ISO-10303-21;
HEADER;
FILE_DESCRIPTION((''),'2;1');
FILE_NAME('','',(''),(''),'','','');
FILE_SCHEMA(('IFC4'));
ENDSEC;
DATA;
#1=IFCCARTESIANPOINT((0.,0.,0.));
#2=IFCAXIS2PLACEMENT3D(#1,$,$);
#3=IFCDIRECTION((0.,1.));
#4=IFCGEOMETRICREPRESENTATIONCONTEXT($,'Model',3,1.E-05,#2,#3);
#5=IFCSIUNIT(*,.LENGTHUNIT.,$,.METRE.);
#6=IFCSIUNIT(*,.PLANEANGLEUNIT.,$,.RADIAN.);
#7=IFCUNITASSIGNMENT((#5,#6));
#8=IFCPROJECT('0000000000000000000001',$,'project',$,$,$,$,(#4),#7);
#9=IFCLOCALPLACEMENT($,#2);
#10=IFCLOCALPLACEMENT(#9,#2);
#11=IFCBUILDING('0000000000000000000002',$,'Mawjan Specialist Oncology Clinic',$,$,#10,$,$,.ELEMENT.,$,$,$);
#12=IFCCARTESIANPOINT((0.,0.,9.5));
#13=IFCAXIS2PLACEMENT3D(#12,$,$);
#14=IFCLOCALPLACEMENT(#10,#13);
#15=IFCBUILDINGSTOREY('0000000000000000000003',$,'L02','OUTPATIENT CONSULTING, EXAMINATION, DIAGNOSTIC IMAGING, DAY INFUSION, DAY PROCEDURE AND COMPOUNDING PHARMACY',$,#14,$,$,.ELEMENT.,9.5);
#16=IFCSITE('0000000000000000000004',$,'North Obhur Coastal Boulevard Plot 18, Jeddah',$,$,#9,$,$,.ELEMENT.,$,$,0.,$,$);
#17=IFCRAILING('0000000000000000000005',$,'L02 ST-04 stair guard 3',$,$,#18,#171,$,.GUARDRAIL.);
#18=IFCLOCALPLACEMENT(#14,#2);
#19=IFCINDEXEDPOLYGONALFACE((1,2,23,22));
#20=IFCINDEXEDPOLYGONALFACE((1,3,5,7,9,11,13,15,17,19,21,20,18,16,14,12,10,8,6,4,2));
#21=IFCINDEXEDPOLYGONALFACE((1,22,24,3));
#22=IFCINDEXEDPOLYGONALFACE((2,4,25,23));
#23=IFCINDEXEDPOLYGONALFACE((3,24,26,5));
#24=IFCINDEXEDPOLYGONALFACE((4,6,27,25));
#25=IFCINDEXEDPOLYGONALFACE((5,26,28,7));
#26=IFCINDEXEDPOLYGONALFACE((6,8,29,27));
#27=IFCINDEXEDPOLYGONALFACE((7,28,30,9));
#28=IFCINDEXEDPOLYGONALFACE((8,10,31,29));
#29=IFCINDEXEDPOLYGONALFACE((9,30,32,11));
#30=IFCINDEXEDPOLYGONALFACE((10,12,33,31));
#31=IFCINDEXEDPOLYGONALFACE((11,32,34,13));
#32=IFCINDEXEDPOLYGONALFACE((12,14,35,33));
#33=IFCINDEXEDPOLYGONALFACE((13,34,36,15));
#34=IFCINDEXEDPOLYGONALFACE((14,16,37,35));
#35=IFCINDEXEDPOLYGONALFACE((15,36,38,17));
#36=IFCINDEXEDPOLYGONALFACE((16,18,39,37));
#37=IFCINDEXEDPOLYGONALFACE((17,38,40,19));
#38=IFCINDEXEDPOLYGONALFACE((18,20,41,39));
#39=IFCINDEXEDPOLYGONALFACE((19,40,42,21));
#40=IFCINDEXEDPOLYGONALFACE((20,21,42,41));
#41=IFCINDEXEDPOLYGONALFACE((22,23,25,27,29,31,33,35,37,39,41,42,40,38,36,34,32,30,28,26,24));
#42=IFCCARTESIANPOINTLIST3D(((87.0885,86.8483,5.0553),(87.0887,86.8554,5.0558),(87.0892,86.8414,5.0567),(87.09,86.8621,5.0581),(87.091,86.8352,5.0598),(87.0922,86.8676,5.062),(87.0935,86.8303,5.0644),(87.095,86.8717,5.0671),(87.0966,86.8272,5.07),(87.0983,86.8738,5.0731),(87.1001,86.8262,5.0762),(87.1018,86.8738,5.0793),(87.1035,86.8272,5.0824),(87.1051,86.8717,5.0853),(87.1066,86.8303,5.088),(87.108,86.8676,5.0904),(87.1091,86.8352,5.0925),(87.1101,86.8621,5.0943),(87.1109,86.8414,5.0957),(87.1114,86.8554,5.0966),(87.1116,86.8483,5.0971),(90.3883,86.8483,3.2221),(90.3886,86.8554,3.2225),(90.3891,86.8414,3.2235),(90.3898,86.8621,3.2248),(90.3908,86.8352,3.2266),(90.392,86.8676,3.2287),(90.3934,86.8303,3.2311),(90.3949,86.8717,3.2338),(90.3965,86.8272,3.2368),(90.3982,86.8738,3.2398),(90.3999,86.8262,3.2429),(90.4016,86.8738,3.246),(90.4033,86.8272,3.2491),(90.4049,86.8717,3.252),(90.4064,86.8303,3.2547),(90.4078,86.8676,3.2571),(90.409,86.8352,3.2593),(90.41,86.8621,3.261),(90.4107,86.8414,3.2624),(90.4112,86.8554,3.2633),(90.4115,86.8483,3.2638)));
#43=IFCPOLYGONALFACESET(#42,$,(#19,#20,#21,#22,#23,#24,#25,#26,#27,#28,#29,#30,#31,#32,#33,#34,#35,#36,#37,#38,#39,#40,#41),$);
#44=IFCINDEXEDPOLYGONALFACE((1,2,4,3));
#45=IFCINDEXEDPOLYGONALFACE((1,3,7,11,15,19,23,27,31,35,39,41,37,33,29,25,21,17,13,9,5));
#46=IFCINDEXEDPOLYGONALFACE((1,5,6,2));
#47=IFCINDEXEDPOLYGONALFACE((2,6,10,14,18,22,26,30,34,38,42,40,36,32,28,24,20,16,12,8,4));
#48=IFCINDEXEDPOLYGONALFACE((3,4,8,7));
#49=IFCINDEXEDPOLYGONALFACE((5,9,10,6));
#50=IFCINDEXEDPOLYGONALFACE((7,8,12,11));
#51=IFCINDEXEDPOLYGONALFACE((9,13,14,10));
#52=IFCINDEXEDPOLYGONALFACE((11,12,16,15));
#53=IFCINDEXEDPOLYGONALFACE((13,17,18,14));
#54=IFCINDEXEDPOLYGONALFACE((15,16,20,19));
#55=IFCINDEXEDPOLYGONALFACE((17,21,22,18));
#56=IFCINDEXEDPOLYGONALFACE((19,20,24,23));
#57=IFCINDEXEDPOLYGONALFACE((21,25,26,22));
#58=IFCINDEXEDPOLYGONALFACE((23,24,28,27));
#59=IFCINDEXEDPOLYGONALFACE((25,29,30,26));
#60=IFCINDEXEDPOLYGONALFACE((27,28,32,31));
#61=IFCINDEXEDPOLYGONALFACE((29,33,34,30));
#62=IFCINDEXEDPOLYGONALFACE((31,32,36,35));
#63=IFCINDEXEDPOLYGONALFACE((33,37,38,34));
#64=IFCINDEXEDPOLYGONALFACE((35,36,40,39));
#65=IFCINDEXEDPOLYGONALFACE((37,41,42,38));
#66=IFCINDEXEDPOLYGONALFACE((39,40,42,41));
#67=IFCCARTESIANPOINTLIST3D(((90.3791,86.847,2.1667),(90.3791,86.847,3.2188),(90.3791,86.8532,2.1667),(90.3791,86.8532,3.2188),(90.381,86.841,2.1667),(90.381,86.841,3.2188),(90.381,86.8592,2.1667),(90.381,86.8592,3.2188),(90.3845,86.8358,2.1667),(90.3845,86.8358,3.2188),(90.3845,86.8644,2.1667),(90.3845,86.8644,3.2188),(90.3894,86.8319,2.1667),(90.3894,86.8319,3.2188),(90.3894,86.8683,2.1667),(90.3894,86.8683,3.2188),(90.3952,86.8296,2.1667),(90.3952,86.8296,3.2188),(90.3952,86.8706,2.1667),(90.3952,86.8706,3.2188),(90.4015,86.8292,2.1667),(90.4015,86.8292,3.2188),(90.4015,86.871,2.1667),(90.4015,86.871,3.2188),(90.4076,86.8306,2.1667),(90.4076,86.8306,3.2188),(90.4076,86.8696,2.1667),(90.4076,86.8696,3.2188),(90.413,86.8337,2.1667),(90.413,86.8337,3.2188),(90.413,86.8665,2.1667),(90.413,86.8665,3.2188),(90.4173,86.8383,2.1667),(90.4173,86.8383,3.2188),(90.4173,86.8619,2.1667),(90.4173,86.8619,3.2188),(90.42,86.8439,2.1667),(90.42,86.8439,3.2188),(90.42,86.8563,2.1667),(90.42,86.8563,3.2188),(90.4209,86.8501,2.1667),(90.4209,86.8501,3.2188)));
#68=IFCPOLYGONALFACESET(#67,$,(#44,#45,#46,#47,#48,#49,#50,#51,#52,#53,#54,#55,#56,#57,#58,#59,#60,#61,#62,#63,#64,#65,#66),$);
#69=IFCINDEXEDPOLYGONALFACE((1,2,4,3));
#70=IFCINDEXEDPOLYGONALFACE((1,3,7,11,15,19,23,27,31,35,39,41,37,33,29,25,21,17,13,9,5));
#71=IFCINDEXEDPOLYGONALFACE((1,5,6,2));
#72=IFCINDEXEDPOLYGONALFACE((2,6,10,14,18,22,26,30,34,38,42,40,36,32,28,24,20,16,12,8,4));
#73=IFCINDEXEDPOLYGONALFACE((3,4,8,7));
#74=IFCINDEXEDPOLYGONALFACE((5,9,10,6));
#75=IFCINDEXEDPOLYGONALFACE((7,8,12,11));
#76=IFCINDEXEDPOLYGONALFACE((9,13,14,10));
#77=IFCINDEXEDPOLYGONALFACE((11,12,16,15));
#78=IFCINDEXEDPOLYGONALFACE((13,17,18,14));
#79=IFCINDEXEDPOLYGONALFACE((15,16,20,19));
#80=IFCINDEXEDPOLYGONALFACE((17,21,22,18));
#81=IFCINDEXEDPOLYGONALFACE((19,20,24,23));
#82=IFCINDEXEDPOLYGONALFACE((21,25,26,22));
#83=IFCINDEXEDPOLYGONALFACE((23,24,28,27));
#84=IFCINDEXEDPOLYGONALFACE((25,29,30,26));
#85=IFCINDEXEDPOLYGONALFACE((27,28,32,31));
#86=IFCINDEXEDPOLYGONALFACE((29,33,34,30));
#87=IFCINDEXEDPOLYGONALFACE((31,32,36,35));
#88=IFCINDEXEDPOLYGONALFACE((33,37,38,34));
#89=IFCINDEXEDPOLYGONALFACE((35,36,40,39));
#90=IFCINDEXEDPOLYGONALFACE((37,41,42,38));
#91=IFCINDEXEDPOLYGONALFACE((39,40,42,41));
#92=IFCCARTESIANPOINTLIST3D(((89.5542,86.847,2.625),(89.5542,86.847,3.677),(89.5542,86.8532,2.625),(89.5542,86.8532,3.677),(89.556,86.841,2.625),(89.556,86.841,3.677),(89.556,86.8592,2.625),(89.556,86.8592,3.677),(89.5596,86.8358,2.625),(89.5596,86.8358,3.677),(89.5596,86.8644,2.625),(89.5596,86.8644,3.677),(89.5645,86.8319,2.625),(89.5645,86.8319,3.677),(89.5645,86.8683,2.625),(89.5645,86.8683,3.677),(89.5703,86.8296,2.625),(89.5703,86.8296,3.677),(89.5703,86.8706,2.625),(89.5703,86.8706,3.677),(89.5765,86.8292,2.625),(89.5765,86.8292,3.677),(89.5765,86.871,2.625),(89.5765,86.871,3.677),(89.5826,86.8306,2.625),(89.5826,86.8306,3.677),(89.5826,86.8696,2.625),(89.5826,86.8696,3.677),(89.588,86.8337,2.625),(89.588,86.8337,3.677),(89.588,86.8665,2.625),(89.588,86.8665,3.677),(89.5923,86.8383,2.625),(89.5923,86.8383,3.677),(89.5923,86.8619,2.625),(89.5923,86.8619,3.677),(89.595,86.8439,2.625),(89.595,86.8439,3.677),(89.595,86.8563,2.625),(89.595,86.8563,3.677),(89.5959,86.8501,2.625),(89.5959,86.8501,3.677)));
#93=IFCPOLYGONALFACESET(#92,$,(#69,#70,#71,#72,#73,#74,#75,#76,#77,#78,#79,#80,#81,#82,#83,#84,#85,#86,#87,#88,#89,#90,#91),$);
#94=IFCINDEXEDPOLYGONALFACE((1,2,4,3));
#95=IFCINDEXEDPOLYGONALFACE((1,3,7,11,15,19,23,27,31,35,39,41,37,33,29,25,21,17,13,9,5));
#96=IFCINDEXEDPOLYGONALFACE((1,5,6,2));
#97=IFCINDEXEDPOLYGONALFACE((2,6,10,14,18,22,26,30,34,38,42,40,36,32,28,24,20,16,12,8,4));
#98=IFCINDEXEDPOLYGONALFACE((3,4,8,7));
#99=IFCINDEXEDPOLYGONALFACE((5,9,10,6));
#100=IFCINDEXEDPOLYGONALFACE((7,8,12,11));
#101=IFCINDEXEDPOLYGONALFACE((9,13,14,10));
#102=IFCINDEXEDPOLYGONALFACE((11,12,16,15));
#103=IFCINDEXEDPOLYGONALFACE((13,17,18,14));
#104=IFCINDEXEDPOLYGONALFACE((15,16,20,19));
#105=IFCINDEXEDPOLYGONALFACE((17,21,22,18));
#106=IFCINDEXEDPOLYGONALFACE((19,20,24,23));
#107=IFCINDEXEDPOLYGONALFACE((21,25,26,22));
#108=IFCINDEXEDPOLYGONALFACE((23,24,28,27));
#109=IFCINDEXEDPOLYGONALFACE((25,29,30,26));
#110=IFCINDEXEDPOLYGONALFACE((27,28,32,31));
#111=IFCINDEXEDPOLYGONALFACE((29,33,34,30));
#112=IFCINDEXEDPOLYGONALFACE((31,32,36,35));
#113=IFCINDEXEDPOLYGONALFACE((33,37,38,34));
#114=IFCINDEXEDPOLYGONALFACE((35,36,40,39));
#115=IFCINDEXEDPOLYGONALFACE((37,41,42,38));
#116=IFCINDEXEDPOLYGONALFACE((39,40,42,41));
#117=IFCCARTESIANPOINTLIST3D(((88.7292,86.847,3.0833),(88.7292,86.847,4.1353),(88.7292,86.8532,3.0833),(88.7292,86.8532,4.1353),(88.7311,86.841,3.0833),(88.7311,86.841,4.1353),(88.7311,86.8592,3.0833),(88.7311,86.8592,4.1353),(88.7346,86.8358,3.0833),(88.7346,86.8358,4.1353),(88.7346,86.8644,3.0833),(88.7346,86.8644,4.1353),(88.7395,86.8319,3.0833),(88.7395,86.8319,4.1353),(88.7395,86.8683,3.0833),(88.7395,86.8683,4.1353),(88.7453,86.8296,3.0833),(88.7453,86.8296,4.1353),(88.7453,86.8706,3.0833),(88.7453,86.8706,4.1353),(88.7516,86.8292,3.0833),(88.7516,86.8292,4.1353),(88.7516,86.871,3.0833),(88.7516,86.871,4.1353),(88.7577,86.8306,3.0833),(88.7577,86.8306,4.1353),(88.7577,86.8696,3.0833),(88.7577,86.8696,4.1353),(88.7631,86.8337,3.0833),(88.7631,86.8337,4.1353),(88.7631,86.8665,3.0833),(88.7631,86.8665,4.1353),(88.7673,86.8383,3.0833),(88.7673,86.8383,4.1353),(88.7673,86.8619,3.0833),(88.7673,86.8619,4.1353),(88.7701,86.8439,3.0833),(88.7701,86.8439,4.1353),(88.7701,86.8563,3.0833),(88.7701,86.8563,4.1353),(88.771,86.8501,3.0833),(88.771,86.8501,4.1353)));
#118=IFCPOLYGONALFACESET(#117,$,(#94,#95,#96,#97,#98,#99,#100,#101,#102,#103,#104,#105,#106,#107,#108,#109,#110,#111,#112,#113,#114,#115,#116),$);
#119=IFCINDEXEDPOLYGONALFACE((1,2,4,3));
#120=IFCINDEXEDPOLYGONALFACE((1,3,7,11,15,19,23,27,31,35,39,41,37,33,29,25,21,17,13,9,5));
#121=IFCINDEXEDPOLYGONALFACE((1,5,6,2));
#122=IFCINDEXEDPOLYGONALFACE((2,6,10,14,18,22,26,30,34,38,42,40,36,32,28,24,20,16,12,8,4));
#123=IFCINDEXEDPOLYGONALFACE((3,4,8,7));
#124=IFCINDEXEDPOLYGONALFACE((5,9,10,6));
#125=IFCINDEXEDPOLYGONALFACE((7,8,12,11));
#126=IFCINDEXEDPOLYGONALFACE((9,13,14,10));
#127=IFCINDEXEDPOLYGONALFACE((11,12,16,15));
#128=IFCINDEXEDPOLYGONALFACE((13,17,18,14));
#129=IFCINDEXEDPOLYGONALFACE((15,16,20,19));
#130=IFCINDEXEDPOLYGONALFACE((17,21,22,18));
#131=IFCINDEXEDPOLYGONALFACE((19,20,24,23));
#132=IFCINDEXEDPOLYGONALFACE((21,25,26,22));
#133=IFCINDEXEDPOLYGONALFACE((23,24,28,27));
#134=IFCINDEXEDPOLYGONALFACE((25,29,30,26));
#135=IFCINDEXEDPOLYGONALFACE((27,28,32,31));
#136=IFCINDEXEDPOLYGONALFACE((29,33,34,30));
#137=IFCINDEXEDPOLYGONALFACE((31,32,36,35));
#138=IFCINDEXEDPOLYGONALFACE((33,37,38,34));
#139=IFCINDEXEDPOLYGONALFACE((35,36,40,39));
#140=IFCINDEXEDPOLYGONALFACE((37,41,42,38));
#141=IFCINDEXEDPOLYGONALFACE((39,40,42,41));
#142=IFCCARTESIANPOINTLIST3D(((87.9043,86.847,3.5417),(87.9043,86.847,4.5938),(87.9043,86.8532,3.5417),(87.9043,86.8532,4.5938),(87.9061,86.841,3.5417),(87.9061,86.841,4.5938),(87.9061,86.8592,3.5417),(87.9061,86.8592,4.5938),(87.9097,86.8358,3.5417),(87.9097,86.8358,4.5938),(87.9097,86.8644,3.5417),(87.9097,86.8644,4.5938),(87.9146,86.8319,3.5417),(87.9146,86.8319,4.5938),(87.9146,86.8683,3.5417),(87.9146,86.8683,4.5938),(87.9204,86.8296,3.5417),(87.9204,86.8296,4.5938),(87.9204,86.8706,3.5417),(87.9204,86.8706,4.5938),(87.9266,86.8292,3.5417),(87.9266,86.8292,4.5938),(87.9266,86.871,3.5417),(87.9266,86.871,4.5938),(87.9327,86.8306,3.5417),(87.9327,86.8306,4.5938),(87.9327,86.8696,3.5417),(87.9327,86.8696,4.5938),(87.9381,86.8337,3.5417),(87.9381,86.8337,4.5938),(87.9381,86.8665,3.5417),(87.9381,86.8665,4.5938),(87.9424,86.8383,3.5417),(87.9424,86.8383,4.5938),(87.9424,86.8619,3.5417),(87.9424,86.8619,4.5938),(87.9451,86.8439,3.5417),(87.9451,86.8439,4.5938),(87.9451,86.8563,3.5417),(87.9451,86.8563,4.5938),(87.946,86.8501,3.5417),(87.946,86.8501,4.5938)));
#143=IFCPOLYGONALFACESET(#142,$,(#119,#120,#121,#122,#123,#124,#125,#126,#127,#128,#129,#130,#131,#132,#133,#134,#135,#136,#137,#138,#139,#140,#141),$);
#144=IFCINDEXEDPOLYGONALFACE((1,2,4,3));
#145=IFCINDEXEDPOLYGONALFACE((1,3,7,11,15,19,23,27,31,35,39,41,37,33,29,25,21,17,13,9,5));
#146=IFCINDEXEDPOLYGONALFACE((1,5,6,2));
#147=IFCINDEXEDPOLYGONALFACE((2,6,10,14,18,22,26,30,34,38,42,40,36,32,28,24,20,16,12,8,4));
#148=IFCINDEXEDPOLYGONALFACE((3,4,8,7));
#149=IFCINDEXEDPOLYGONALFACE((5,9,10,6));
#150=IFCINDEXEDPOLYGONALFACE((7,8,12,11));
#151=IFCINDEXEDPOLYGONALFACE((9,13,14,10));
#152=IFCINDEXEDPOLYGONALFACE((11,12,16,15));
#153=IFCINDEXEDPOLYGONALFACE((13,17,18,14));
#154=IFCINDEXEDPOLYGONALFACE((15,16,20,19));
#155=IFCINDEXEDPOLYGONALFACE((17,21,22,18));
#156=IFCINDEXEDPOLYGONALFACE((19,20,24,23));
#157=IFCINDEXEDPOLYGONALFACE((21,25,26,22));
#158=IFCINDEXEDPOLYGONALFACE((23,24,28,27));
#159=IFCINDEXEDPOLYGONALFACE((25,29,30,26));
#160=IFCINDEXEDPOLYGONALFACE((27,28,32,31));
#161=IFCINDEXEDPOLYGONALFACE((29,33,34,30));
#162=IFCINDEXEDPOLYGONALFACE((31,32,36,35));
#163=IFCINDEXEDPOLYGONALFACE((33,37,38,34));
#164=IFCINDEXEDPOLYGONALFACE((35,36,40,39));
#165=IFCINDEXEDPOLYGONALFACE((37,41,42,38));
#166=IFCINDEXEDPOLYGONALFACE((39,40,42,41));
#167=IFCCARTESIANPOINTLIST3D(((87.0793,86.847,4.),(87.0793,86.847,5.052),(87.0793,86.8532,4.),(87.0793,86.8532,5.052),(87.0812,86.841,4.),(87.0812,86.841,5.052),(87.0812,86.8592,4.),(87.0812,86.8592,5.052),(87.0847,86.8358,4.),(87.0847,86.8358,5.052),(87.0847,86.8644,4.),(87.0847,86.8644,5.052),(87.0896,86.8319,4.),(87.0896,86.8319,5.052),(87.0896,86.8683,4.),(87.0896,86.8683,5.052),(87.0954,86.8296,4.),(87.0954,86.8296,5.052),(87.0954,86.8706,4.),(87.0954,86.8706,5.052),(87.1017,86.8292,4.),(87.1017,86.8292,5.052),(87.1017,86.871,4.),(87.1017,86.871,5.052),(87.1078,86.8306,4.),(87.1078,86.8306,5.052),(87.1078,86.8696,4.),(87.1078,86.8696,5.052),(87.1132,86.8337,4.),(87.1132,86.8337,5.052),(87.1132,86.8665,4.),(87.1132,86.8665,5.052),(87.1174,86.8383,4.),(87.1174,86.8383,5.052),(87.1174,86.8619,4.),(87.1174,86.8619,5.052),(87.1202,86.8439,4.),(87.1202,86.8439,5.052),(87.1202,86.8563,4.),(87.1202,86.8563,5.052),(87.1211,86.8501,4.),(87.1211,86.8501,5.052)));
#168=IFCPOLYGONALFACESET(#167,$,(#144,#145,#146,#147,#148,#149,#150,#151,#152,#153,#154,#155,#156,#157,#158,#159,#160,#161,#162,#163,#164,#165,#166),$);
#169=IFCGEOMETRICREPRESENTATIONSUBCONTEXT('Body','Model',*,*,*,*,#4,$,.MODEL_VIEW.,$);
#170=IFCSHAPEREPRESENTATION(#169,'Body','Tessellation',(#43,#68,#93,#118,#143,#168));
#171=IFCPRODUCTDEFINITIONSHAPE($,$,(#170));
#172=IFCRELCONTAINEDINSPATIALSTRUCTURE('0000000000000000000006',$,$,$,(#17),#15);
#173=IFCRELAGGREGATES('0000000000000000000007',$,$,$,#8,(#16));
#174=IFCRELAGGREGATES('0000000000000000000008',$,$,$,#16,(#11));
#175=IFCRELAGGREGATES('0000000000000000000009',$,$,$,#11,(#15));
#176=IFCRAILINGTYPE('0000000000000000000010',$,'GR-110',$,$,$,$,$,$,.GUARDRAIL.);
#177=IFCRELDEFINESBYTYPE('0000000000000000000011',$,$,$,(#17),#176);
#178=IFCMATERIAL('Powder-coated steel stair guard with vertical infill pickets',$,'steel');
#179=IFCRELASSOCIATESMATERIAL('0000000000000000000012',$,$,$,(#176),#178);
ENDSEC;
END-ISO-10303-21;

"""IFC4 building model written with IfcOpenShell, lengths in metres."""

from ifc_helpers import new_model, si_unit, direction, frame, origin, origin_2d, place, context, subcontext, project, spatial, circle, extrude, material, type_object, element, save


model = new_model("IFC4")

# Units and contexts
model_context = context("Model", 3, precision=1e-05, world=origin(), true_north=direction((0.0, 1.0)))
body_context = subcontext(model_context, "Body", "Model", "MODEL_VIEW")
ifc_project = project(units=[si_unit("LENGTHUNIT", "METRE"), si_unit("PLANEANGLEUNIT", "RADIAN")], contexts=[model_context])

# Site, building, storey
site_placement = place(None, origin())
site = spatial("IfcSite", under=ifc_project, at=site_placement, Name="North Obhur Coastal Boulevard Plot 18, Jeddah", CompositionType="ELEMENT", RefElevation=0.0)
building_placement = place(site_placement, origin())
building = spatial("IfcBuilding", under=site, at=building_placement, Name="Mawjan Specialist Oncology Clinic", CompositionType="ELEMENT")
storey_placement = place(building_placement, frame((0.0, 0.0, 9.5)))
storey = spatial("IfcBuildingStorey", under=building, at=storey_placement, Name="L02", Description="OUTPATIENT CONSULTING, EXAMINATION, DIAGNOSTIC IMAGING, DAY INFUSION, DAY PROCEDURE AND COMPOUNDING PHARMACY", CompositionType="ELEMENT", Elevation=9.5)

# Railing
ifc_material_1 = material(Name="Powder-coated steel stair guard with vertical infill pickets", Category="steel")
railing_type_1 = type_object("IfcRailingType", Name="GR-110", PredefinedType="GUARDRAIL", material=ifc_material_1)
railing_1_placement = place(storey_placement, frame((90.3999, 86.8501, 2.1667)))
element("IfcRailing", 1, at=railing_1_placement, inside=storey, type_object=railing_type_1, Name="L02 ST-04 stair guard 3", PredefinedType="GUARDRAIL", context=body_context, shape_type="SweptSolid", body=[
    extrude(circle(Radius=0.0239, at=origin_2d()), frame((0.0, 0.0, 1.0762), z_axis=(-0.874154, 0.0, 0.485648), x_axis=(0.0, -1.0, 0.0)), (0.0, 0.0, 1.0), 3.7749),
    extrude(circle(Radius=0.021, at=origin_2d()), origin(), (0.0, 0.0, 1.0), 1.052),
    extrude(circle(Radius=0.021, at=origin_2d()), frame((-0.825, 0.0, 0.4583)), (0.0, 0.0, 1.0), 1.052),
    extrude(circle(Radius=0.021, at=origin_2d()), frame((-1.6499, 0.0, 0.9165)), (0.0, 0.0, 1.0), 1.052),
    extrude(circle(Radius=0.021, at=origin_2d()), frame((-2.4749, 0.0, 1.375)), (0.0, 0.0, 1.0), 1.052),
    extrude(circle(Radius=0.021, at=origin_2d()), frame((-3.2998, 0.0, 1.8333)), (0.0, 0.0, 1.0), 1.052),
])

save(model, "model.ifc")
